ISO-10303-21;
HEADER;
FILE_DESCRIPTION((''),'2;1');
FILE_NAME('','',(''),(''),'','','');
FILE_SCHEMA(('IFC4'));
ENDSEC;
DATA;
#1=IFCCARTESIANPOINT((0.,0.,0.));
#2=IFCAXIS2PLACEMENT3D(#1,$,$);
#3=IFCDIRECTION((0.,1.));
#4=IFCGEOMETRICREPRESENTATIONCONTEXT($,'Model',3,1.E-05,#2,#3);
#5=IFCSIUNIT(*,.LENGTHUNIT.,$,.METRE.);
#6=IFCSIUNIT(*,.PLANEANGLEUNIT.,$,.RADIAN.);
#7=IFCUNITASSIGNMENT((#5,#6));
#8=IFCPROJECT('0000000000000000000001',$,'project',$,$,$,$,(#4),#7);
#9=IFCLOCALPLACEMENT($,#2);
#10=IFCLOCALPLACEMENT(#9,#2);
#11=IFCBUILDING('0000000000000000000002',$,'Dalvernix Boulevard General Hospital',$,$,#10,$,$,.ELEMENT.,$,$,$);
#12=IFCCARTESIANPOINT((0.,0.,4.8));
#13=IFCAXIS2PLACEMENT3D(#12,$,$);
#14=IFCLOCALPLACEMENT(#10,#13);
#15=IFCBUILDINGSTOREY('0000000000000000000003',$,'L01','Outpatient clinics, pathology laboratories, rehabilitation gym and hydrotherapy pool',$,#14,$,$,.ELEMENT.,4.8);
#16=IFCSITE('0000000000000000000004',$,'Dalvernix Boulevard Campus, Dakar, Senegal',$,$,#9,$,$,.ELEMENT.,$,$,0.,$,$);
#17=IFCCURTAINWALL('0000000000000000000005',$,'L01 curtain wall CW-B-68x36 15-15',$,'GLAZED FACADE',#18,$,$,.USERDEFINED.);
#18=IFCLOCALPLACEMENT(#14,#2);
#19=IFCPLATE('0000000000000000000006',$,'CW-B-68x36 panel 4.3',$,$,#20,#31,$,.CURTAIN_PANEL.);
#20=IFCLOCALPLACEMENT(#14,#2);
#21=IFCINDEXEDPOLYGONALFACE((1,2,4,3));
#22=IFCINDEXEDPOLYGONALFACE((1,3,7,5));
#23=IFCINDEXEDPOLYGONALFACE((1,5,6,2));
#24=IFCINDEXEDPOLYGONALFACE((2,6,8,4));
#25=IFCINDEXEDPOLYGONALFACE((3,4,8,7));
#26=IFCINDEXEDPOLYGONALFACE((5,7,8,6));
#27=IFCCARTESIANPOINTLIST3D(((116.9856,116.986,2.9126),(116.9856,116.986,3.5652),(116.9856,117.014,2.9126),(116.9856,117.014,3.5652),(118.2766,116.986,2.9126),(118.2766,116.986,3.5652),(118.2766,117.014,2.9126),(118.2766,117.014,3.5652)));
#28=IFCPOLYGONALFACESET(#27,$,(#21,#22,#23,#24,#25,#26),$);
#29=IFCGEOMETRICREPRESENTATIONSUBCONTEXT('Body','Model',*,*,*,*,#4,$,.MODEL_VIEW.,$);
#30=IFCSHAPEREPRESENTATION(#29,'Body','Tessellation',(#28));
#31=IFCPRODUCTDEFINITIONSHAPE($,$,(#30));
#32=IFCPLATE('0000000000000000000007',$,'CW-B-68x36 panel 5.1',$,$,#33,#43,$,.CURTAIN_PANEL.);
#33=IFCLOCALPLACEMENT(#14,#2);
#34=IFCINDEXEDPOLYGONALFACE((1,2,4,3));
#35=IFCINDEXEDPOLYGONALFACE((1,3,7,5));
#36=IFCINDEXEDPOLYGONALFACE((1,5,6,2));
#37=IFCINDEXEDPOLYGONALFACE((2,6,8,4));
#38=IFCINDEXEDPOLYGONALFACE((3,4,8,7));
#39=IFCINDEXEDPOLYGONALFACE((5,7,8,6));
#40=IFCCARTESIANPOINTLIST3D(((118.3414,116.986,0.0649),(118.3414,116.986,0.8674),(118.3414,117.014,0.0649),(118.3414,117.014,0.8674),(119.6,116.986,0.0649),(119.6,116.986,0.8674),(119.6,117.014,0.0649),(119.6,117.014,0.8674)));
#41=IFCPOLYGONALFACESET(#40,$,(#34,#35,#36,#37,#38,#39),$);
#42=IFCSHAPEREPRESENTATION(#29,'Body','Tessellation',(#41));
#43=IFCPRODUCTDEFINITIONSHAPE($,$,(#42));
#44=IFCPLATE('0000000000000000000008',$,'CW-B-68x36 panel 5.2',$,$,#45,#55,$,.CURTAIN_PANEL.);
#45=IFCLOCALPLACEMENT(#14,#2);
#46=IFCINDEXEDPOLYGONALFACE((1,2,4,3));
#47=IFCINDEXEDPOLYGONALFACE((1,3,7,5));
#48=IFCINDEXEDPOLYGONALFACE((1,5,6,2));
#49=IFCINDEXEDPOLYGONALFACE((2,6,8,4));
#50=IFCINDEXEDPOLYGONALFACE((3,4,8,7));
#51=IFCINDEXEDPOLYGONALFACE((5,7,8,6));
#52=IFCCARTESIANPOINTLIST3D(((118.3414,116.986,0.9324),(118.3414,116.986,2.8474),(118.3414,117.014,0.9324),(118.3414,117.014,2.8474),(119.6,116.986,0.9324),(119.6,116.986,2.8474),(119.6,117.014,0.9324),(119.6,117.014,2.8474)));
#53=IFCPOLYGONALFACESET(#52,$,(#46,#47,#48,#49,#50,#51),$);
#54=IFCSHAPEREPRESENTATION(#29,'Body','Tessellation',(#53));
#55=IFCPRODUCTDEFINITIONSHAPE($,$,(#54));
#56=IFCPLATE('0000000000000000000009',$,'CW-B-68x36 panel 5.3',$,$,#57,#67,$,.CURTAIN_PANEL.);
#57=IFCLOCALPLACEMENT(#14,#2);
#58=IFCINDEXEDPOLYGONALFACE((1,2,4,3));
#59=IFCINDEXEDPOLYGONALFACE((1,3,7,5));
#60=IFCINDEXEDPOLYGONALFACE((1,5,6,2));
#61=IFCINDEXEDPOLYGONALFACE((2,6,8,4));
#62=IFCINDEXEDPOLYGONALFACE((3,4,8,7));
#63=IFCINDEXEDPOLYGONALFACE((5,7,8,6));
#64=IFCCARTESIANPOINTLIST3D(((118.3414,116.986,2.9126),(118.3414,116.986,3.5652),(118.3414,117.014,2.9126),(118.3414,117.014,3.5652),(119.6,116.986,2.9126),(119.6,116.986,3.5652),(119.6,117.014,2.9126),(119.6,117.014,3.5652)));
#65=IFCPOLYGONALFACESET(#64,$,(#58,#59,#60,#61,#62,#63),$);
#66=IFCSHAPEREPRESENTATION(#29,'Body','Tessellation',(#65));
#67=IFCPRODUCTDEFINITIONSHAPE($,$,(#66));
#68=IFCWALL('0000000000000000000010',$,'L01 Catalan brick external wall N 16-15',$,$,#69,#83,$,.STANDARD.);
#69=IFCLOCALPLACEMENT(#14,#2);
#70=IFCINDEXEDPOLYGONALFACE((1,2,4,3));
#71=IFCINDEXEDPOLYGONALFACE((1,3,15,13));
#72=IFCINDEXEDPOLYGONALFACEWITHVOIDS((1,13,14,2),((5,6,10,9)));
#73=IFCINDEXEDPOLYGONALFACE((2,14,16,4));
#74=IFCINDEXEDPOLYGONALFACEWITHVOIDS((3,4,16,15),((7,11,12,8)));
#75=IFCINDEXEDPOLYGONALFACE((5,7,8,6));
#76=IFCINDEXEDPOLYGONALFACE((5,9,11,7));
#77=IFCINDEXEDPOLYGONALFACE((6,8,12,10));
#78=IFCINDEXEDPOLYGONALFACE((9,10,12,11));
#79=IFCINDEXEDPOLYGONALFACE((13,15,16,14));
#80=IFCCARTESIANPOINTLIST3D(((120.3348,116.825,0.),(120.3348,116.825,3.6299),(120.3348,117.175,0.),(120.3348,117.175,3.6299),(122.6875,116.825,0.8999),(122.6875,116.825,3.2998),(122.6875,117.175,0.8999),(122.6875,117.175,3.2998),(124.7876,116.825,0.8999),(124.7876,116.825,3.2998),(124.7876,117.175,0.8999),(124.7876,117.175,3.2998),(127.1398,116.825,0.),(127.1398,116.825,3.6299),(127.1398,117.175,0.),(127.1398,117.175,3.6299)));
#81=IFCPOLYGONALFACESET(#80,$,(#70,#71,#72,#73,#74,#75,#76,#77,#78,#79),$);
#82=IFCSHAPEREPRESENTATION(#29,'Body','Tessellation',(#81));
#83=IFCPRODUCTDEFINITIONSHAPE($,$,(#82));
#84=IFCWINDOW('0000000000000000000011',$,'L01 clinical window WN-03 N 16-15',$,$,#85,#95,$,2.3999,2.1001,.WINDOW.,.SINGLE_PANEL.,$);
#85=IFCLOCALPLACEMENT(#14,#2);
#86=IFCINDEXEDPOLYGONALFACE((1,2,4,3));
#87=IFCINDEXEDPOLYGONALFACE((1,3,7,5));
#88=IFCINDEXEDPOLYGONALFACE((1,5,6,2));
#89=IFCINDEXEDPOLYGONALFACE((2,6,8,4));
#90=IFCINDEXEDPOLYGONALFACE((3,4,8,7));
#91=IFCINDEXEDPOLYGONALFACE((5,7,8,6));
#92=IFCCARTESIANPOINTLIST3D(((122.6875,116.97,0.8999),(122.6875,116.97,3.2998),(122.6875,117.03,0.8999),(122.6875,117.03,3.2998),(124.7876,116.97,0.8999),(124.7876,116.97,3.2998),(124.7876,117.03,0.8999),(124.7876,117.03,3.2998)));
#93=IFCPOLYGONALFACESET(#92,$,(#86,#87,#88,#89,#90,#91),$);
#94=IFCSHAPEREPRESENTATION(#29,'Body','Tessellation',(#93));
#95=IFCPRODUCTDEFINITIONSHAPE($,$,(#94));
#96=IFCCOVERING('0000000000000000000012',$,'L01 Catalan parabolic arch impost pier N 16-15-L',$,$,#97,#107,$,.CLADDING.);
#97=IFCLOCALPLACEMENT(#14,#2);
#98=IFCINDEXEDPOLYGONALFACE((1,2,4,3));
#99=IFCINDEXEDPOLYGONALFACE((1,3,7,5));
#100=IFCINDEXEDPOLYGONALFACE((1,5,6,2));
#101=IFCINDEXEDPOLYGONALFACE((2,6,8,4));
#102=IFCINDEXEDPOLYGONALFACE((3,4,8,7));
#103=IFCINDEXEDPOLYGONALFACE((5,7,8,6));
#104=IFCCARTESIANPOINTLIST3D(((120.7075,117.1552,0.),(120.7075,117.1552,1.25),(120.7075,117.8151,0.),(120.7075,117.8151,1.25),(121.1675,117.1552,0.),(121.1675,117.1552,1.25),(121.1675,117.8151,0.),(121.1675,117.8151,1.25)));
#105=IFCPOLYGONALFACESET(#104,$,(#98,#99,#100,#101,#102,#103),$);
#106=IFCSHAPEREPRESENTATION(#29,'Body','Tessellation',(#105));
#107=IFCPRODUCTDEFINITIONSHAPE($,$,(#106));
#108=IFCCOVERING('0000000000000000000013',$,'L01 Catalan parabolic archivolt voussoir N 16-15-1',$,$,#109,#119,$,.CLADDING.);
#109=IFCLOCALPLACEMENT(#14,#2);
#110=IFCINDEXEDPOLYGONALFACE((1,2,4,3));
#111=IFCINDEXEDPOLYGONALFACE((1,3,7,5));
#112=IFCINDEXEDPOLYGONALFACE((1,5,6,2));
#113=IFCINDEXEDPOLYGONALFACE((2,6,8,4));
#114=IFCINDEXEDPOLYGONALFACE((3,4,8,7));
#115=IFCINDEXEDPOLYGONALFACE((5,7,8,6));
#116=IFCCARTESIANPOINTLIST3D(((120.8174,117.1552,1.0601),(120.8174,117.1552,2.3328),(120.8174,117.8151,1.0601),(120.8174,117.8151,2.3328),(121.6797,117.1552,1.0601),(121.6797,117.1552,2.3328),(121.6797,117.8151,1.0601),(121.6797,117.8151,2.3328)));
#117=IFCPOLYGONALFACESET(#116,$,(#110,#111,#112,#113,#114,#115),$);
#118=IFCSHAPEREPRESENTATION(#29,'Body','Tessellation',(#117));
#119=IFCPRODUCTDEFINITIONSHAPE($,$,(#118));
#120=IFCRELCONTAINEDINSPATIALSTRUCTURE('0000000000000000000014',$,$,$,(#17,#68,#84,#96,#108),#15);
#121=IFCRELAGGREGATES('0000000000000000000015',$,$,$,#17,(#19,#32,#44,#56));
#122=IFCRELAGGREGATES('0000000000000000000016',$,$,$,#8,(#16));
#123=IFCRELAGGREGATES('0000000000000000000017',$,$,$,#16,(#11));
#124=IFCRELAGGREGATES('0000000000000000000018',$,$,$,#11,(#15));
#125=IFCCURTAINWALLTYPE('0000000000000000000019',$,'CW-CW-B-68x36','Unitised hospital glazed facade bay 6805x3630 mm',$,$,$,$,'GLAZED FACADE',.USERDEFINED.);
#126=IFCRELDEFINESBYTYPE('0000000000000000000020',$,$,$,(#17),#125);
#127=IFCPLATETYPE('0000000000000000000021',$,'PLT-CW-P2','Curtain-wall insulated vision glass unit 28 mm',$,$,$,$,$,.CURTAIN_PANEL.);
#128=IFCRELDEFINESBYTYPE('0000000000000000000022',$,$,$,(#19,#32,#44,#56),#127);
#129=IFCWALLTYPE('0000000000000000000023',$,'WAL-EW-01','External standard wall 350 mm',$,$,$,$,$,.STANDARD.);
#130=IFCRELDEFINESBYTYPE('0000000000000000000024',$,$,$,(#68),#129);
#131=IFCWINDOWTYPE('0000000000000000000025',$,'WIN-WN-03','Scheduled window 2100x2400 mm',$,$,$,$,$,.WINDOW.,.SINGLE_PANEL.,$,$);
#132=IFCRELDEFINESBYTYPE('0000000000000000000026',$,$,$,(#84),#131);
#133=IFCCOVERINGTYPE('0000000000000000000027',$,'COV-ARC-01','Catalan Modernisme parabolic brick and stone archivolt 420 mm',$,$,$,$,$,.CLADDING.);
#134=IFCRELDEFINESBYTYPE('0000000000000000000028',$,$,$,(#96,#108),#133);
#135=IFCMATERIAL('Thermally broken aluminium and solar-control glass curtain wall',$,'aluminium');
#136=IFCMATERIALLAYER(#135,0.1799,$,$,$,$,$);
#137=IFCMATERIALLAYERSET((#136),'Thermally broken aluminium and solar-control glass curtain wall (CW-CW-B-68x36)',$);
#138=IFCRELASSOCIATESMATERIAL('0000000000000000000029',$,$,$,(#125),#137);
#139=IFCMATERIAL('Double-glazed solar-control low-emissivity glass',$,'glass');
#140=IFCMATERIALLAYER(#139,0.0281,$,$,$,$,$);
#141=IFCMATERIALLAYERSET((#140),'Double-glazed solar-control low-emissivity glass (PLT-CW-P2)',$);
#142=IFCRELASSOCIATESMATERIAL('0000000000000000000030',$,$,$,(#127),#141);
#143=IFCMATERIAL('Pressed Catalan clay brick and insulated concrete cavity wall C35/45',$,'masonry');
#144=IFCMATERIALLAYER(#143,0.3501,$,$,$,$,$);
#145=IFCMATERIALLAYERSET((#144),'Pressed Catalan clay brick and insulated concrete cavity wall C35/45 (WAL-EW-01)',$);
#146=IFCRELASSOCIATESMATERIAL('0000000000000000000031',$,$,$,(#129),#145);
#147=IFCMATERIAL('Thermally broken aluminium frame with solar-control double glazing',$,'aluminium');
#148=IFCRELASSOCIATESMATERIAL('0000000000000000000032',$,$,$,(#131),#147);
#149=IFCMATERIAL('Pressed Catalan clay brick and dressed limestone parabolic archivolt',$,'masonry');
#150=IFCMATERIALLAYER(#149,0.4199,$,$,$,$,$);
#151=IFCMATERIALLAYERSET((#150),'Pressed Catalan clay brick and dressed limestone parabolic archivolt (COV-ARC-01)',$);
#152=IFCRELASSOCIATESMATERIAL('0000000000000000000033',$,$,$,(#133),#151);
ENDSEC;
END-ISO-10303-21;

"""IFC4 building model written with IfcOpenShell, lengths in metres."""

from ifc_helpers import new_model, si_unit, direction, frame, frame_2d, origin, origin_2d, place, context, subcontext, project, spatial, rectangle, extrude, material, layer, layer_set, type_object, element, fill, aggregate, save


model = new_model("IFC4")

# Units and contexts
model_context = context("Model", 3, precision=1e-05, world=origin(), true_north=direction((0.0, 1.0)))
body_context = subcontext(model_context, "Body", "Model", "MODEL_VIEW")
ifc_project = project(units=[si_unit("LENGTHUNIT", "METRE"), si_unit("PLANEANGLEUNIT", "RADIAN")], contexts=[model_context])

# Site, building, storey
site_placement = place(None, origin())
site = spatial("IfcSite", under=ifc_project, at=site_placement, Name="Dalvernix Boulevard Campus, Dakar, Senegal", CompositionType="ELEMENT", RefElevation=0.0)
building_placement = place(site_placement, origin())
building = spatial("IfcBuilding", under=site, at=building_placement, Name="Dalvernix Boulevard General Hospital", CompositionType="ELEMENT")
storey_placement = place(building_placement, frame((0.0, 0.0, 4.8)))
storey = spatial("IfcBuildingStorey", under=building, at=storey_placement, Name="L01", Description="Outpatient clinics, pathology laboratories, rehabilitation gym and hydrotherapy pool", CompositionType="ELEMENT", Elevation=4.8)

# Curtain wall, plates
ifc_material_1 = material(Name="Thermally broken aluminium and solar-control glass curtain wall", Category="aluminium")
ifc_layer_1 = layer(ifc_material_1, 0.1799)
ifc_layer_set_1 = layer_set([ifc_layer_1], Name="Thermally broken aluminium and solar-control glass curtain wall (CW-CW-B-68x36)")
curtain_wall_type = type_object("IfcCurtainWallType", Name="CW-CW-B-68x36", Description="Unitised hospital glazed facade bay 6805x3630 mm", ElementType="GLAZED FACADE", PredefinedType="USERDEFINED", material=ifc_layer_set_1)
curtain_wall_placement = place(storey_placement, origin())
curtain_wall = element("IfcCurtainWall", 1, at=curtain_wall_placement, inside=storey, type_object=curtain_wall_type, Name="L01 curtain wall CW-B-68x36 15-15", ObjectType="GLAZED FACADE", PredefinedType="USERDEFINED")
ifc_material_2 = material(Name="Double-glazed solar-control low-emissivity glass", Category="glass")
ifc_layer_2 = layer(ifc_material_2, 0.0281)
ifc_layer_set_2 = layer_set([ifc_layer_2], Name="Double-glazed solar-control low-emissivity glass (PLT-CW-P2)")
plate_type = type_object("IfcPlateType", Name="PLT-CW-P2", Description="Curtain-wall insulated vision glass unit 28 mm", PredefinedType="CURTAIN_PANEL", material=ifc_layer_set_2)
plate_1_placement = place(storey_placement, frame((117.6311, 117.0, 2.9126), z_axis=(0.0, 0.0, 1.0), x_axis=(1.0, 0.0, 0.0)))
plate_1 = element("IfcPlate", 2, at=plate_1_placement, type_object=plate_type, Name="CW-B-68x36 panel 4.3", PredefinedType="CURTAIN_PANEL", context=body_context, shape_type="SweptSolid", body=[
    extrude(rectangle(XDim=1.291, YDim=0.0281, at=origin_2d()), origin(), (0.0, 0.0, 1.0), 0.6526),
])
plate_2_placement = place(storey_placement, frame((118.9707, 117.0, 0.0649), z_axis=(0.0, 0.0, 1.0), x_axis=(1.0, 0.0, 0.0)))
plate_2 = element("IfcPlate", 3, at=plate_2_placement, type_object=plate_type, Name="CW-B-68x36 panel 5.1", PredefinedType="CURTAIN_PANEL", context=body_context, shape_type="SweptSolid", body=[
    extrude(rectangle(XDim=1.2585, YDim=0.0281, at=origin_2d()), origin(), (0.0, 0.0, 1.0), 0.8025),
])
plate_3_placement = place(storey_placement, frame((118.9707, 117.0, 0.9324), z_axis=(0.0, 0.0, 1.0), x_axis=(1.0, 0.0, 0.0)))
plate_3 = element("IfcPlate", 4, at=plate_3_placement, type_object=plate_type, Name="CW-B-68x36 panel 5.2", PredefinedType="CURTAIN_PANEL", context=body_context, shape_type="SweptSolid", body=[
    extrude(rectangle(XDim=1.2585, YDim=0.0281, at=origin_2d()), origin(), (0.0, 0.0, 1.0), 1.915),
])
plate_4_placement = place(storey_placement, frame((118.9707, 117.0, 2.9126), z_axis=(0.0, 0.0, 1.0), x_axis=(1.0, 0.0, 0.0)))
plate_4 = element("IfcPlate", 5, at=plate_4_placement, type_object=plate_type, Name="CW-B-68x36 panel 5.3", PredefinedType="CURTAIN_PANEL", context=body_context, shape_type="SweptSolid", body=[
    extrude(rectangle(XDim=1.2585, YDim=0.0281, at=origin_2d()), origin(), (0.0, 0.0, 1.0), 0.6526),
])
aggregate(curtain_wall, [plate_1, plate_2, plate_3, plate_4])

# Wall, opening, window
ifc_material_3 = material(Name="Pressed Catalan clay brick and insulated concrete cavity wall C35/45", Category="masonry")
ifc_layer_3 = layer(ifc_material_3, 0.3501)
ifc_layer_set_3 = layer_set([ifc_layer_3], Name="Pressed Catalan clay brick and insulated concrete cavity wall C35/45 (WAL-EW-01)")
wall_type = type_object("IfcWallType", Name="WAL-EW-01", Description="External standard wall 350 mm", PredefinedType="STANDARD", material=ifc_layer_set_3)
wall_placement = place(storey_placement, frame((120.335, 117.0, 0.0), z_axis=(0.0, 0.0, 1.0), x_axis=(1.0, 0.0, 0.0)))
wall = element("IfcWall", 6, at=wall_placement, inside=storey, type_object=wall_type, Name="L01 Catalan brick external wall N 16-15", PredefinedType="STANDARD", context=body_context, shape_type="SweptSolid", body=[
    extrude(rectangle(XDim=6.8049, YDim=0.3501, at=frame_2d((3.4023, 0.0))), origin(), (0.0, 0.0, 1.0), 3.6299),
])
opening_placement = place(wall_placement, frame((2.3525, 0.0, 0.8999)))
opening = element("IfcOpeningElement", 7, at=opening_placement, cuts=wall, PredefinedType="OPENING", context=body_context, shape_type="SweptSolid", body=[
    extrude(rectangle(XDim=2.1001, YDim=2.3999, at=frame_2d((1.05, 1.2))), frame((0.0, 0.1851, 0.0), z_axis=(0.0, -1.0, 0.0), x_axis=(1.0, 0.0, 0.0)), (0.0, 0.0, 1.0), 0.3701),
])
ifc_material_4 = material(Name="Thermally broken aluminium frame with solar-control double glazing", Category="aluminium")
window_type = type_object("IfcWindowType", Name="WIN-WN-03", Description="Scheduled window 2100x2400 mm", PartitioningType="SINGLE_PANEL", PredefinedType="WINDOW", material=ifc_material_4)
window_placement = place(opening_placement, origin())
window = element("IfcWindow", 8, at=window_placement, inside=storey, type_object=window_type, Name="L01 clinical window WN-03 N 16-15", OverallHeight=2.3999, OverallWidth=2.1001, PartitioningType="SINGLE_PANEL", PredefinedType="WINDOW", context=body_context, shape_type="SweptSolid", body=[
    extrude(rectangle(XDim=2.1001, YDim=2.3999, at=frame_2d((1.05, 1.2))), frame((0.0, 0.03, 0.0), z_axis=(0.0, -1.0, 0.0), x_axis=(1.0, 0.0, 0.0)), (0.0, 0.0, 1.0), 0.0601),
])
fill(opening, window)

# Coverings
ifc_material_5 = material(Name="Pressed Catalan clay brick and dressed limestone parabolic archivolt", Category="masonry")
ifc_layer_4 = layer(ifc_material_5, 0.4199)
ifc_layer_set_4 = layer_set([ifc_layer_4], Name="Pressed Catalan clay brick and dressed limestone parabolic archivolt (COV-ARC-01)")
covering_type = type_object("IfcCoveringType", Name="COV-ARC-01", Description="Catalan Modernisme parabolic brick and stone archivolt 420 mm", PredefinedType="CLADDING", material=ifc_layer_set_4)
covering_1_placement = place(storey_placement, frame((120.9375, 117.4851, 0.0), z_axis=(0.0, 0.0, 1.0), x_axis=(1.0, 0.0, 0.0)))
element("IfcCovering", 9, at=covering_1_placement, inside=storey, type_object=covering_type, Name="L01 Catalan parabolic arch impost pier N 16-15-L", PredefinedType="CLADDING", context=body_context, shape_type="SweptSolid", body=[
    extrude(rectangle(XDim=0.46, YDim=0.6599, at=origin_2d()), origin(), (0.0, 0.0, 1.0), 1.25),
])
covering_2_placement = place(storey_placement, frame((121.2485, 117.4851, 1.0601), z_axis=(0.0, 0.0, 1.0), x_axis=(1.0, 0.0, 0.0)))
element("IfcCovering", 10, at=covering_2_placement, inside=storey, type_object=covering_type, Name="L01 Catalan parabolic archivolt voussoir N 16-15-1", PredefinedType="CLADDING", context=body_context, shape_type="SweptSolid", body=[
    extrude(rectangle(XDim=0.8623, YDim=0.6599, at=origin_2d()), origin(), (0.0, 0.0, 1.0), 1.2727),
])

save(model, "model.ifc")
